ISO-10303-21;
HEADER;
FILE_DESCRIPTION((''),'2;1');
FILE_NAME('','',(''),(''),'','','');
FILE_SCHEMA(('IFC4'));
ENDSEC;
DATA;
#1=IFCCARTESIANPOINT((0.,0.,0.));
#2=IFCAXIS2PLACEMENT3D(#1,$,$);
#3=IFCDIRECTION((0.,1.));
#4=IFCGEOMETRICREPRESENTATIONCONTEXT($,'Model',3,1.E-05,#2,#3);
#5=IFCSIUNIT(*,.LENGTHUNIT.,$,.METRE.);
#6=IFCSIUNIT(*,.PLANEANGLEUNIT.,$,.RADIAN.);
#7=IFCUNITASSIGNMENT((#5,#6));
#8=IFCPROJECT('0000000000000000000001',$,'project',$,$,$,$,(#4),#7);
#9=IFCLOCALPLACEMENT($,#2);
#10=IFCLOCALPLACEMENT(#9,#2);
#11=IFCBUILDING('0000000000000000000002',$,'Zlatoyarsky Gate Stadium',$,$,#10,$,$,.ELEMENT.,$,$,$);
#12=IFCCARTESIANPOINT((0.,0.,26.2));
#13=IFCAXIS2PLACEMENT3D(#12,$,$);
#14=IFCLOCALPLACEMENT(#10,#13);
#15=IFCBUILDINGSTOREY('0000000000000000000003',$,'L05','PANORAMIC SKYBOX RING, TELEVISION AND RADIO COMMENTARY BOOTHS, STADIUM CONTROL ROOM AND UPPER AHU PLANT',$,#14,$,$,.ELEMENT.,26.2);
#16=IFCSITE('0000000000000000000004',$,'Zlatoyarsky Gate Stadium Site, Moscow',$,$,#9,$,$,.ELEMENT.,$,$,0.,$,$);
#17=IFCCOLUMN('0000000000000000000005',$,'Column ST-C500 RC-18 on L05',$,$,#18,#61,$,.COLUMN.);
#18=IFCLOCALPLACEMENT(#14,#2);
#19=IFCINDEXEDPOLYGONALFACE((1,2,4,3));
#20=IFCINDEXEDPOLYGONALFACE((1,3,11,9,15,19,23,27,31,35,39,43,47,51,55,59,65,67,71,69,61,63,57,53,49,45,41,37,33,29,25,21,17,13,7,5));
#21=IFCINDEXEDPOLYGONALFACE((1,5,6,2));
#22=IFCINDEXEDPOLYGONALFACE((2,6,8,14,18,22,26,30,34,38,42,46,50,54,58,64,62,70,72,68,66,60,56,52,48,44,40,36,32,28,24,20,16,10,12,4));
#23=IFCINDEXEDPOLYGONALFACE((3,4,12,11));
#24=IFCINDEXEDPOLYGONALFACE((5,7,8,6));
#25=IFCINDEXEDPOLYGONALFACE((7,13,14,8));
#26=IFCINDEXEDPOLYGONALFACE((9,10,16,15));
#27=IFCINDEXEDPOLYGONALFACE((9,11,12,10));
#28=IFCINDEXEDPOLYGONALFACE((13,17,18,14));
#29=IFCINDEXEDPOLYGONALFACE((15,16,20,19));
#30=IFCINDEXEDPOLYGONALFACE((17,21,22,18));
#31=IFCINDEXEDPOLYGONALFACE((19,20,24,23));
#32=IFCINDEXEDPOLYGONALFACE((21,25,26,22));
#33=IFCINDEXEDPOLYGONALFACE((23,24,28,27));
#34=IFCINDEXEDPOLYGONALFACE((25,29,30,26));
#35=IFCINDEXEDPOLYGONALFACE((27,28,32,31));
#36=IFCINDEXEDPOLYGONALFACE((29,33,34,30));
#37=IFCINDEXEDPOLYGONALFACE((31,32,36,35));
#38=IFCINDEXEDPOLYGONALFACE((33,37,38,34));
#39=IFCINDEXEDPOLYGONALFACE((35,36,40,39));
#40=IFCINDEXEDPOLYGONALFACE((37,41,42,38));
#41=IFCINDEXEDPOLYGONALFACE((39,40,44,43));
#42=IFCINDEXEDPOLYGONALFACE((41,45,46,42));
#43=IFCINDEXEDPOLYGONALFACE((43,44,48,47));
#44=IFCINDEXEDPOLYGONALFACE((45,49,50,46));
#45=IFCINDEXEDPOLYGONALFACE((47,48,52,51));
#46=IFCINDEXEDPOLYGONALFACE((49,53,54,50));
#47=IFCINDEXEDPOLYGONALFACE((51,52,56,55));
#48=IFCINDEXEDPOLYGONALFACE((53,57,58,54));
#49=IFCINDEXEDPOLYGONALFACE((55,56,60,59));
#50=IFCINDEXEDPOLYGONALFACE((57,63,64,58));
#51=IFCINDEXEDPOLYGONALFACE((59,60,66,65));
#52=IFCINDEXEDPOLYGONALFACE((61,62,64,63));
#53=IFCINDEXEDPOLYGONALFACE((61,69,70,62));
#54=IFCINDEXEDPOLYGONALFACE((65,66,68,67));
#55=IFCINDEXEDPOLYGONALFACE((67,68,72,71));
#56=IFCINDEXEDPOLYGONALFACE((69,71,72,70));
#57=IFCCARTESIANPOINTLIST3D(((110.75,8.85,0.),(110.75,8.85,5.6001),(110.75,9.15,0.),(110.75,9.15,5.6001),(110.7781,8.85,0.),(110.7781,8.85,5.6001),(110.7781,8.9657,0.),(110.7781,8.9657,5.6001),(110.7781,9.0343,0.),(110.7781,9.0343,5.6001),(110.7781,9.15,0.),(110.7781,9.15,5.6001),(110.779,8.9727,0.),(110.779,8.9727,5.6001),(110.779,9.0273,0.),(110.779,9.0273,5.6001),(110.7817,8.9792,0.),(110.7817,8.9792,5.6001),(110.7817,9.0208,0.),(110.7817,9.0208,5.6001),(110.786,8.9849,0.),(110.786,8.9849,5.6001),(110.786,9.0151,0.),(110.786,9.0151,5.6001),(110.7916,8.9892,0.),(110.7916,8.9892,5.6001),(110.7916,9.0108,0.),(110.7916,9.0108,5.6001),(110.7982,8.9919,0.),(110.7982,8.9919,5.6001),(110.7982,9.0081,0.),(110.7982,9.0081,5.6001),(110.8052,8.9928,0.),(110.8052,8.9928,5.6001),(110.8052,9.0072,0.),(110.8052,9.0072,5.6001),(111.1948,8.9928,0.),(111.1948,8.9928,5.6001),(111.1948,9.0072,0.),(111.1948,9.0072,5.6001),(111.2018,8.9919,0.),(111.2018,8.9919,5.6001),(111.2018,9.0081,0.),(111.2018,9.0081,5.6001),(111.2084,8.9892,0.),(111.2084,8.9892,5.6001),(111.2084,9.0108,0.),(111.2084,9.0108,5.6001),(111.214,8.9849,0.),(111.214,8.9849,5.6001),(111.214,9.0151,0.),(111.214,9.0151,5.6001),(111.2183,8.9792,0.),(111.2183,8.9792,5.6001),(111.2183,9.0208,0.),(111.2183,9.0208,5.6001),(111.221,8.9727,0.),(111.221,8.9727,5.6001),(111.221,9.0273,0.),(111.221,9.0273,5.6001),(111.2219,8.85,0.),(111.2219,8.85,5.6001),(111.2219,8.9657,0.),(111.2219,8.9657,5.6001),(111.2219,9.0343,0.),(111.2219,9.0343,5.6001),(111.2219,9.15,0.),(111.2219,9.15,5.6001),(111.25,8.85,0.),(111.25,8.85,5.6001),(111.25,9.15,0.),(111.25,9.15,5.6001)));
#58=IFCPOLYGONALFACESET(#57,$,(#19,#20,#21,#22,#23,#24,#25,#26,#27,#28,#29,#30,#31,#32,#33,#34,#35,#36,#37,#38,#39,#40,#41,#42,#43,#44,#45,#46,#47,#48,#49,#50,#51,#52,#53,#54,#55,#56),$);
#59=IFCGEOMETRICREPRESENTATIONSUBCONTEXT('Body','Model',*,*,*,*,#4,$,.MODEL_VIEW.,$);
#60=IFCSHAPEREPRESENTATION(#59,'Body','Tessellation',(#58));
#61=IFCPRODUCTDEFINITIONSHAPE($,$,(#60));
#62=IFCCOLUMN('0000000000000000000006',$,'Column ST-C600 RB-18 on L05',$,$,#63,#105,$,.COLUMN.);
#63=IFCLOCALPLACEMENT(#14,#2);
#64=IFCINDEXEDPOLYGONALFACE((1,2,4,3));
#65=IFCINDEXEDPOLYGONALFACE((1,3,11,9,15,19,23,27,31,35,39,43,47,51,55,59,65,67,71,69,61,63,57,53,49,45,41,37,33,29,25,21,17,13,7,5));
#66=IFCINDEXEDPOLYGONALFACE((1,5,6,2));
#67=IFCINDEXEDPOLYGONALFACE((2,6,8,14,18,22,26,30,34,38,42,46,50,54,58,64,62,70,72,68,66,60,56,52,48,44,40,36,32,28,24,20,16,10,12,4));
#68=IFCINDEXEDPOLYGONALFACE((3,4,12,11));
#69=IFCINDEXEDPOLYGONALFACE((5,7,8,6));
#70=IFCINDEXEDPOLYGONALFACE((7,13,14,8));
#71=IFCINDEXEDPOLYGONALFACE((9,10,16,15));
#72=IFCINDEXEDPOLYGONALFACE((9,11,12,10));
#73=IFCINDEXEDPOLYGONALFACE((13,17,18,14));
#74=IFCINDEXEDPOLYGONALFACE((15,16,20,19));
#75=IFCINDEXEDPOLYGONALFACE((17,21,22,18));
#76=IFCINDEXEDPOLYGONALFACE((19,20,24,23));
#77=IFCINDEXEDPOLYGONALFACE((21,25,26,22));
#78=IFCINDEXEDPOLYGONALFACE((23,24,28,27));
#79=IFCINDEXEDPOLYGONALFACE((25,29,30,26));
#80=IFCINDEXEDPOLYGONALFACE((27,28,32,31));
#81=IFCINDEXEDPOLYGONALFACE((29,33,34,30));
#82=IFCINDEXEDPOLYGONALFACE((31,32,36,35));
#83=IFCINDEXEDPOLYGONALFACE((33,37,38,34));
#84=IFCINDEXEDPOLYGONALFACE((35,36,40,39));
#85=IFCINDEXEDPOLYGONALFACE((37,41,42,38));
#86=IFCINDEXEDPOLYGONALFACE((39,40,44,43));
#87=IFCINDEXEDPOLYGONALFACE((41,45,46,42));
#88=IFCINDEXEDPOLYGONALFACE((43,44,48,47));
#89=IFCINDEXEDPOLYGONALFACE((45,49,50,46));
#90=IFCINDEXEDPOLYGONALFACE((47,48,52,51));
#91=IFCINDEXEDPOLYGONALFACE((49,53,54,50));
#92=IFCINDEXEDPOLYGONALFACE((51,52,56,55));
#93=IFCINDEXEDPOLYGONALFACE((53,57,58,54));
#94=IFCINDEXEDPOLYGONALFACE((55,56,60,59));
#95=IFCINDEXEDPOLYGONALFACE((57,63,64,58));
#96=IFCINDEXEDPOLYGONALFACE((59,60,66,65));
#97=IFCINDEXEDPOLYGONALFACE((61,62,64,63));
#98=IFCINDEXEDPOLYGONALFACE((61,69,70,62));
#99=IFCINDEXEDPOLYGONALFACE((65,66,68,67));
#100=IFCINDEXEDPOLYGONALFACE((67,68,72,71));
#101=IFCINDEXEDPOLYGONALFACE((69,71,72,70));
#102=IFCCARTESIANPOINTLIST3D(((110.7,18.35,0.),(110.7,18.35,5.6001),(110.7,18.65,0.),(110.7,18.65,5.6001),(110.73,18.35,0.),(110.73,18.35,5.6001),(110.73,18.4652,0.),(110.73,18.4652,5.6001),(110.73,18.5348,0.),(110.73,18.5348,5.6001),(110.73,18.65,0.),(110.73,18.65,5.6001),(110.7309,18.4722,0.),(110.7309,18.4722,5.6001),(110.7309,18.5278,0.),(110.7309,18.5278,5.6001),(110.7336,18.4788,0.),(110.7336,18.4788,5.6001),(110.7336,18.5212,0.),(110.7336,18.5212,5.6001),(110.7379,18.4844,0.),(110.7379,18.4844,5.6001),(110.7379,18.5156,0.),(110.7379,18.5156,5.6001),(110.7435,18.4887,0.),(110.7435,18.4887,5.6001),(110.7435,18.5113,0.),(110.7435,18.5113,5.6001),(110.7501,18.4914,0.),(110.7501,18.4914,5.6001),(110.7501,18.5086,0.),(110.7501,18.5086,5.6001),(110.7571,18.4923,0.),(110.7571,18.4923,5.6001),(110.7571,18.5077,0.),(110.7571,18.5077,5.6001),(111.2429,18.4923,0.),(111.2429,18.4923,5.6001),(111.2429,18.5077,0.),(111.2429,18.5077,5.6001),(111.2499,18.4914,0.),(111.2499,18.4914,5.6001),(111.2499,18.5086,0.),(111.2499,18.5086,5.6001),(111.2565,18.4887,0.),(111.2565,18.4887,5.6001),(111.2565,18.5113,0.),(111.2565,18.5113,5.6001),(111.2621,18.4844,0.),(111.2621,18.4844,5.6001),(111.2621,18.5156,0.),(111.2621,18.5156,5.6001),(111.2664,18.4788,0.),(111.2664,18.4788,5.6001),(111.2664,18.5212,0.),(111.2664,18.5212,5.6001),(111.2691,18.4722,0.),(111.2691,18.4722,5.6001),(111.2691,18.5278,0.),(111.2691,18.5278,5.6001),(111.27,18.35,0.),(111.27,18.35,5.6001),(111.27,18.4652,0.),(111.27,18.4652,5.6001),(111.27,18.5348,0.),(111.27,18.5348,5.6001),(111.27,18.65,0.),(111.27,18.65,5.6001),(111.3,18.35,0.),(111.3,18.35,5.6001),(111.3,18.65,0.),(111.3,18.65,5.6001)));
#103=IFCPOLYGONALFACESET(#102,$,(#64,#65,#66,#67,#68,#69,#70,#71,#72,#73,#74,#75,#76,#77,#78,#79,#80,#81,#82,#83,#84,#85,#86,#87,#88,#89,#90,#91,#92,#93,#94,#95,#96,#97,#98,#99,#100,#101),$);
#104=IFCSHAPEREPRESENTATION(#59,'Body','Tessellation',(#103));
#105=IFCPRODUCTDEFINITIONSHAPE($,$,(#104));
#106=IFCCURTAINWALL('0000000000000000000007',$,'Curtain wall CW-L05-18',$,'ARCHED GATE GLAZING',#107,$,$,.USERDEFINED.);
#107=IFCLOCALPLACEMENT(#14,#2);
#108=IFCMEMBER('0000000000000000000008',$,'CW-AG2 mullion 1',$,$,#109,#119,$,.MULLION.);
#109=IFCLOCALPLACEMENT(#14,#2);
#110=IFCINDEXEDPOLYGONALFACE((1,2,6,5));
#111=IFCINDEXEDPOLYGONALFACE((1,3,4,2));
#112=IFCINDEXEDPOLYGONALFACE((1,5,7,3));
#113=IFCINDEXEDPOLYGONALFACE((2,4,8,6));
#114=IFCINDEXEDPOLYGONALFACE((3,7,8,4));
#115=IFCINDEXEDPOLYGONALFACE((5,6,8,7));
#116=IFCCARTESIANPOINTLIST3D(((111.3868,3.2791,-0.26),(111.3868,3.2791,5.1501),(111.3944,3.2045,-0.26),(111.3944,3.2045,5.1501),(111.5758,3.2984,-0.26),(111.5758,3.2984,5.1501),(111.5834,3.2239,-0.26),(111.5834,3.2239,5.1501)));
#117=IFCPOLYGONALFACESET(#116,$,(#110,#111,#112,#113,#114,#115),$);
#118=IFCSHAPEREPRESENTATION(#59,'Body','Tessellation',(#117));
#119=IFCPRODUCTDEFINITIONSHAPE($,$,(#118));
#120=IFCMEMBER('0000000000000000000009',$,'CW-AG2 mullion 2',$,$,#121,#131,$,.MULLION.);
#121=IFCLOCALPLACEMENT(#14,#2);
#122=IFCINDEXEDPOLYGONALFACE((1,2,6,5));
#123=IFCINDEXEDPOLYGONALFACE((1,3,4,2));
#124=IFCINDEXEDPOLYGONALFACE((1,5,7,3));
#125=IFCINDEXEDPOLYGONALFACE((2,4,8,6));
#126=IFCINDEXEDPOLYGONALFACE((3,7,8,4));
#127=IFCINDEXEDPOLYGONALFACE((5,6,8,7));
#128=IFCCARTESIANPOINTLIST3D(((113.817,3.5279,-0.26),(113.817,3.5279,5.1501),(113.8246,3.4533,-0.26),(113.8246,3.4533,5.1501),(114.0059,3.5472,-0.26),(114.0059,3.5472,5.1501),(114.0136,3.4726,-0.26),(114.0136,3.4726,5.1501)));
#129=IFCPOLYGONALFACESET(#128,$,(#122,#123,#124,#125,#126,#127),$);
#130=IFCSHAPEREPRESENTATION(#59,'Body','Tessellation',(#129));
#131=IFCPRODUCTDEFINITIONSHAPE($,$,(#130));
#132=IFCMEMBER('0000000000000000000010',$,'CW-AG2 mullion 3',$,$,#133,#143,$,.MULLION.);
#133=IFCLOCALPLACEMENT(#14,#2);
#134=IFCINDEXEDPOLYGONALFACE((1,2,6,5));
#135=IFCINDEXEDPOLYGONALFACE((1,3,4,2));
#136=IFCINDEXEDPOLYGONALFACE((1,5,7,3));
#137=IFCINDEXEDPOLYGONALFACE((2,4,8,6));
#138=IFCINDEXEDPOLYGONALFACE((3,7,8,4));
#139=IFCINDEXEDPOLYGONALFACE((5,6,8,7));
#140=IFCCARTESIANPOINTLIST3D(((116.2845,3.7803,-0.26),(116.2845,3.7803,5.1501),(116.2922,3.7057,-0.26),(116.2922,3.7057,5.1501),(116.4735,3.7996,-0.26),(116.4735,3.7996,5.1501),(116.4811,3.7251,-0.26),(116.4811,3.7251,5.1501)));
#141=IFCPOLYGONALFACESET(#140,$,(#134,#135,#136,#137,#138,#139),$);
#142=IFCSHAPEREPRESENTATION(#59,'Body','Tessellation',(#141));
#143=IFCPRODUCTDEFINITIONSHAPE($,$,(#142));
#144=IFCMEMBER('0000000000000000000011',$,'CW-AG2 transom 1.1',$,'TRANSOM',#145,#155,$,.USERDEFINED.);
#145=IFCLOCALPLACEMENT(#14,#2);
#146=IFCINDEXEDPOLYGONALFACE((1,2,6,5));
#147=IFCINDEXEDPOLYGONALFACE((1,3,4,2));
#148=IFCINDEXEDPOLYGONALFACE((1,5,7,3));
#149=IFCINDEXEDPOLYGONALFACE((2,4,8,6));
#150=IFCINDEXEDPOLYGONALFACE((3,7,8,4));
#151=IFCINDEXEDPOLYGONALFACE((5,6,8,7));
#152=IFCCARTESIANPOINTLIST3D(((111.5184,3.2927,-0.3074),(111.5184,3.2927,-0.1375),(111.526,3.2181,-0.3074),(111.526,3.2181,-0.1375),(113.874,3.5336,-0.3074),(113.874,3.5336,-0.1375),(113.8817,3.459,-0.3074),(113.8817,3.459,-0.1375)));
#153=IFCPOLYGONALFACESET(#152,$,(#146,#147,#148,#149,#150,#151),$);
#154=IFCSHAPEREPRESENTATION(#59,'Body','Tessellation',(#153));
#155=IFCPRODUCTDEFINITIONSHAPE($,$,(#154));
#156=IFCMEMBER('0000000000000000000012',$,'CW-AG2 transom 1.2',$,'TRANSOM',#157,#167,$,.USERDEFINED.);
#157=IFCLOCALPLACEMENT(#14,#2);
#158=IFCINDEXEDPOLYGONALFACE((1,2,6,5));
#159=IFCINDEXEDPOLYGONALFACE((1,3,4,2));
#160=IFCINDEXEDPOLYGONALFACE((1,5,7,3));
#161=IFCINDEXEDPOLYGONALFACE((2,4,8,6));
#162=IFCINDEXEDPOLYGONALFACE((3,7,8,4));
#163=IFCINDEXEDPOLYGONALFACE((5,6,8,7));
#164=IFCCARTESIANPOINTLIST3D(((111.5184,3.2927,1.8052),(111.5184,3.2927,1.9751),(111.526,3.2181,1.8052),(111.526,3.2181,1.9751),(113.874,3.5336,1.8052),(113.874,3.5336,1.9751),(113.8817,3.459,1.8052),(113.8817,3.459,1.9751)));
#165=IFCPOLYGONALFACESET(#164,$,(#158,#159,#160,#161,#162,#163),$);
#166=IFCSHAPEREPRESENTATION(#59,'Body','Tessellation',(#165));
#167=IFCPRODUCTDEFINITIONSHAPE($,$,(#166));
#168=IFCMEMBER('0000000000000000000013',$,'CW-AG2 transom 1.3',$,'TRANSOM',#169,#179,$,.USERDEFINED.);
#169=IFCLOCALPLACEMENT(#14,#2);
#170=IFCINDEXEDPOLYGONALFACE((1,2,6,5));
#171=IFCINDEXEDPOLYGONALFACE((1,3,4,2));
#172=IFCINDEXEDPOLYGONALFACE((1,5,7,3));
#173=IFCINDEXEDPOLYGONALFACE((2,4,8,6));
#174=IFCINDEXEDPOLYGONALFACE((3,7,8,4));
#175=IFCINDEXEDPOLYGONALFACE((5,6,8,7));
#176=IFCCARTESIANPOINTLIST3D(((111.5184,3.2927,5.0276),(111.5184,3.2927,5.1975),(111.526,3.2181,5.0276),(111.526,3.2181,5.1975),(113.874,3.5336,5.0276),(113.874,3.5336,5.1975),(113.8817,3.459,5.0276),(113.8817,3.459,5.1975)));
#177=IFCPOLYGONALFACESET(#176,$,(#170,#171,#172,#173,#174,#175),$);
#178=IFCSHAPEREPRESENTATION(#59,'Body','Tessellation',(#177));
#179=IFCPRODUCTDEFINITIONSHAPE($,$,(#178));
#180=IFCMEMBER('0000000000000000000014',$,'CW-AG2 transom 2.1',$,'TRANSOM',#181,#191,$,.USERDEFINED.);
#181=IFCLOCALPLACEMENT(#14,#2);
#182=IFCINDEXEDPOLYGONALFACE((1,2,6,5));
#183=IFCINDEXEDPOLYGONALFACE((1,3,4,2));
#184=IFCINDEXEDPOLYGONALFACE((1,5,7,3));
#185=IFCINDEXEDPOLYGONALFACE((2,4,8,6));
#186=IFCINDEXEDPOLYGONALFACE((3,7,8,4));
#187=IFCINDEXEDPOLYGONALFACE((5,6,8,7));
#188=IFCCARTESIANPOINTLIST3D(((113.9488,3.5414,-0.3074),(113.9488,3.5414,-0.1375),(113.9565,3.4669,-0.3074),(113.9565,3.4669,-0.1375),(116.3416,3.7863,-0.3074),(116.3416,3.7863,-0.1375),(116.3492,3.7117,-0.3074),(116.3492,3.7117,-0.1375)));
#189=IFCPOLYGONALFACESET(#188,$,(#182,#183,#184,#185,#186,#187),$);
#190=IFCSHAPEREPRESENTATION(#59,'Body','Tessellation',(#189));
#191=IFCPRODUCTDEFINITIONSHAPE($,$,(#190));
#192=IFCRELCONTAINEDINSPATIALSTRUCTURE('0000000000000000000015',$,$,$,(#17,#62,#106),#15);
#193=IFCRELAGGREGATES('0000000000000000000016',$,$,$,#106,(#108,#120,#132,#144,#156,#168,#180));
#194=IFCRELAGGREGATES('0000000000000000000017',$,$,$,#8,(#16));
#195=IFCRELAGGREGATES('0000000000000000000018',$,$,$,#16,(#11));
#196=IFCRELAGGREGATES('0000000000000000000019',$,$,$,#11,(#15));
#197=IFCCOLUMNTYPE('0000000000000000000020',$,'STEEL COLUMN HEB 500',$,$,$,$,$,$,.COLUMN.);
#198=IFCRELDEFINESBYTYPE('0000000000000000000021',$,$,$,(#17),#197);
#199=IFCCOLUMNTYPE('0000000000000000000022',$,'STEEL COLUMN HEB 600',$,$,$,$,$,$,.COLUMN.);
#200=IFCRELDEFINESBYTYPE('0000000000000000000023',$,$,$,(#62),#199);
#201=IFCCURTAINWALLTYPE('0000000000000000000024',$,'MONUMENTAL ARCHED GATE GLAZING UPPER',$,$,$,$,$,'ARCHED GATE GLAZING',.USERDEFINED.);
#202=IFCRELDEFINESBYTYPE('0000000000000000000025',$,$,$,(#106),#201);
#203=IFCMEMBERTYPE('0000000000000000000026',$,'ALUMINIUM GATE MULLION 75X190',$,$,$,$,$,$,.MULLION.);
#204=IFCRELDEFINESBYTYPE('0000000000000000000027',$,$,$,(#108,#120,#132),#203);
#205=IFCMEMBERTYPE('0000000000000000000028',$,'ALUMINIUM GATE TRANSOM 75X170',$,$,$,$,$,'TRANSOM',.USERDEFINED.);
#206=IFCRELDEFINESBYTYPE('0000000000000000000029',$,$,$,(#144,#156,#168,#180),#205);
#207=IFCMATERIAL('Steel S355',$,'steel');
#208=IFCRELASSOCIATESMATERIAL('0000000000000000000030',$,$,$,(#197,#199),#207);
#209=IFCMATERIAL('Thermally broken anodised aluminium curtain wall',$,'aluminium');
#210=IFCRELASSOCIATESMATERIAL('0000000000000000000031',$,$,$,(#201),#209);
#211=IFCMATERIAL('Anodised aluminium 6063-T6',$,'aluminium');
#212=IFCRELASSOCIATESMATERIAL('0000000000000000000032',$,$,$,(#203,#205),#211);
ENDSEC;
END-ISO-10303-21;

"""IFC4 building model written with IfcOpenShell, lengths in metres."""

from ifc_helpers import new_model, si_unit, direction, frame, origin, origin_2d, place, context, subcontext, project, spatial, rectangle, i_section, extrude, material, material_profile, profile_set, type_object, element, aggregate, save


model = new_model("IFC4")

# Units and contexts
model_context = context("Model", 3, precision=1e-05, world=origin(), true_north=direction((0.0, 1.0)))
body_context = subcontext(model_context, "Body", "Model", "MODEL_VIEW")
ifc_project = project(units=[si_unit("LENGTHUNIT", "METRE"), si_unit("PLANEANGLEUNIT", "RADIAN")], contexts=[model_context])

# Site, building, storey
site_placement = place(None, origin())
site = spatial("IfcSite", under=ifc_project, at=site_placement, Name="Zlatoyarsky Gate Stadium Site, Moscow", CompositionType="ELEMENT", RefElevation=0.0)
building_placement = place(site_placement, origin())
building = spatial("IfcBuilding", under=site, at=building_placement, Name="Zlatoyarsky Gate Stadium", CompositionType="ELEMENT")
storey_placement = place(building_placement, frame((0.0, 0.0, 26.2)))
storey = spatial("IfcBuildingStorey", under=building, at=storey_placement, Name="L05", Description="PANORAMIC SKYBOX RING, TELEVISION AND RADIO COMMENTARY BOOTHS, STADIUM CONTROL ROOM AND UPPER AHU PLANT", CompositionType="ELEMENT", Elevation=26.2)

# Columns
ifc_material_1 = material(Name="Steel S355", Category="steel")
ifc_material_profile_1 = material_profile(ifc_material_1, i_section(OverallWidth=0.3, OverallDepth=0.5, WebThickness=0.0144, FlangeThickness=0.0281, FilletRadius=0.0271, at=origin_2d()), Name="HEB 500")
ifc_profile_set_1 = profile_set([ifc_material_profile_1], Name="Steel S355")
column_type_1 = type_object("IfcColumnType", Name="STEEL COLUMN HEB 500", PredefinedType="COLUMN", material=ifc_profile_set_1)
column_1_placement = place(storey_placement, frame((111.0, 9.0, 0.0), z_axis=(0.0, 0.0, 1.0), x_axis=(0.0, -1.0, 0.0)))
element("IfcColumn", 1, at=column_1_placement, inside=storey, type_object=column_type_1, Name="Column ST-C500 RC-18 on L05", PredefinedType="COLUMN", context=body_context, shape_type="SweptSolid", body=[
    extrude(i_section(OverallWidth=0.3, OverallDepth=0.5, WebThickness=0.0144, FlangeThickness=0.0281, FilletRadius=0.0271, at=origin_2d()), origin(), (0.0, 0.0, 1.0), 5.6001),
])
ifc_material_profile_2 = material_profile(ifc_material_1, i_section(OverallWidth=0.3, OverallDepth=0.6001, WebThickness=0.0154, FlangeThickness=0.03, FilletRadius=0.0271, at=origin_2d()), Name="HEB 600")
ifc_profile_set_2 = profile_set([ifc_material_profile_2], Name="Steel S355")
column_type_2 = type_object("IfcColumnType", Name="STEEL COLUMN HEB 600", PredefinedType="COLUMN", material=ifc_profile_set_2)
column_2_placement = place(storey_placement, frame((111.0, 18.5, 0.0), z_axis=(0.0, 0.0, 1.0), x_axis=(0.0, -1.0, 0.0)))
element("IfcColumn", 2, at=column_2_placement, inside=storey, type_object=column_type_2, Name="Column ST-C600 RB-18 on L05", PredefinedType="COLUMN", context=body_context, shape_type="SweptSolid", body=[
    extrude(i_section(OverallWidth=0.3, OverallDepth=0.6001, WebThickness=0.0154, FlangeThickness=0.03, FilletRadius=0.0271, at=origin_2d()), origin(), (0.0, 0.0, 1.0), 5.6001),
])

# Curtain wall, members
ifc_material_2 = material(Name="Thermally broken anodised aluminium curtain wall", Category="aluminium")
curtain_wall_type_1 = type_object("IfcCurtainWallType", Name="MONUMENTAL ARCHED GATE GLAZING UPPER", ElementType="ARCHED GATE GLAZING", PredefinedType="USERDEFINED", material=ifc_material_2)
curtain_wall_1_placement = place(storey_placement, origin())
curtain_wall_1 = element("IfcCurtainWall", 3, at=curtain_wall_1_placement, inside=storey, type_object=curtain_wall_type_1, Name="Curtain wall CW-L05-18", ObjectType="ARCHED GATE GLAZING", PredefinedType="USERDEFINED")
ifc_material_3 = material(Name="Anodised aluminium 6063-T6", Category="aluminium")
ifc_material_profile_3 = material_profile(ifc_material_3, rectangle(XDim=0.075, YDim=0.1899, at=origin_2d()), Name="ALU 75X190")
ifc_profile_set_3 = profile_set([ifc_material_profile_3], Name="Anodised aluminium 6063-T6")
member_type_1 = type_object("IfcMemberType", Name="ALUMINIUM GATE MULLION 75X190", PredefinedType="MULLION", material=ifc_profile_set_3)
member_1_placement = place(storey_placement, frame((111.4851, 3.2515, -0.26), z_axis=(0.0, 0.0, 1.0), x_axis=(-0.101805, 0.994804, 0.0)))
member_1 = element("IfcMember", 4, at=member_1_placement, type_object=member_type_1, Name="CW-AG2 mullion 1", PredefinedType="MULLION", context=body_context, shape_type="SweptSolid", body=[
    extrude(rectangle(XDim=0.075, YDim=0.1899, at=origin_2d()), origin(), (0.0, 0.0, 1.0), 5.4102),
])
member_2_placement = place(storey_placement, frame((113.9153, 3.5002, -0.26), z_axis=(0.0, 0.0, 1.0), x_axis=(-0.101805, 0.994804, 0.0)))
member_2 = element("IfcMember", 5, at=member_2_placement, type_object=member_type_1, Name="CW-AG2 mullion 2", PredefinedType="MULLION", context=body_context, shape_type="SweptSolid", body=[
    extrude(rectangle(XDim=0.075, YDim=0.1899, at=origin_2d()), origin(), (0.0, 0.0, 1.0), 5.4102),
])
member_3_placement = place(storey_placement, frame((116.3828, 3.7527, -0.26), z_axis=(0.0, 0.0, 1.0), x_axis=(-0.101805, 0.994804, 0.0)))
member_3 = element("IfcMember", 6, at=member_3_placement, type_object=member_type_1, Name="CW-AG2 mullion 3", PredefinedType="MULLION", context=body_context, shape_type="SweptSolid", body=[
    extrude(rectangle(XDim=0.075, YDim=0.1899, at=origin_2d()), origin(), (0.0, 0.0, 1.0), 5.4102),
])
ifc_material_profile_4 = material_profile(ifc_material_3, rectangle(XDim=0.075, YDim=0.1699, at=origin_2d()), Name="ALU 75X170")
ifc_profile_set_4 = profile_set([ifc_material_profile_4], Name="Anodised aluminium 6063-T6")
member_type_2 = type_object("IfcMemberType", Name="ALUMINIUM GATE TRANSOM 75X170", ElementType="TRANSOM", PredefinedType="USERDEFINED", material=ifc_profile_set_4)
member_4_placement = place(storey_placement, frame((111.5222, 3.2554, -0.2224), z_axis=(0.994809, 0.101759, 0.0), x_axis=(-0.101759, 0.994809, 0.0)))
member_4 = element("IfcMember", 7, at=member_4_placement, type_object=member_type_2, Name="CW-AG2 transom 1.1", ObjectType="TRANSOM", PredefinedType="USERDEFINED", context=body_context, shape_type="SweptSolid", body=[
    extrude(rectangle(XDim=0.075, YDim=0.1699, at=origin_2d()), origin(), (0.0, 0.0, 1.0), 2.3679),
])
member_5_placement = place(storey_placement, frame((111.5222, 3.2554, 1.8901), z_axis=(0.994809, 0.101759, 0.0), x_axis=(-0.101759, 0.994809, 0.0)))
member_5 = element("IfcMember", 8, at=member_5_placement, type_object=member_type_2, Name="CW-AG2 transom 1.2", ObjectType="TRANSOM", PredefinedType="USERDEFINED", context=body_context, shape_type="SweptSolid", body=[
    extrude(rectangle(XDim=0.075, YDim=0.1699, at=origin_2d()), origin(), (0.0, 0.0, 1.0), 2.3679),
])
member_6_placement = place(storey_placement, frame((111.5222, 3.2554, 5.1125), z_axis=(0.994809, 0.101759, 0.0), x_axis=(-0.101759, 0.994809, 0.0)))
member_6 = element("IfcMember", 9, at=member_6_placement, type_object=member_type_2, Name="CW-AG2 transom 1.3", ObjectType="TRANSOM", PredefinedType="USERDEFINED", context=body_context, shape_type="SweptSolid", body=[
    extrude(rectangle(XDim=0.075, YDim=0.1699, at=origin_2d()), origin(), (0.0, 0.0, 1.0), 2.3679),
])
member_7_placement = place(storey_placement, frame((113.9526, 3.5042, -0.2224), z_axis=(0.994804, 0.101805, 0.0), x_axis=(-0.101805, 0.994804, 0.0)))
member_7 = element("IfcMember", 10, at=member_7_placement, type_object=member_type_2, Name="CW-AG2 transom 2.1", ObjectType="TRANSOM", PredefinedType="USERDEFINED", context=body_context, shape_type="SweptSolid", body=[
    extrude(rectangle(XDim=0.075, YDim=0.1699, at=origin_2d()), origin(), (0.0, 0.0, 1.0), 2.4053),
])

aggregate(curtain_wall_1, [member_1, member_2, member_3, member_4, member_5, member_6, member_7])

save(model, "model.ifc")
